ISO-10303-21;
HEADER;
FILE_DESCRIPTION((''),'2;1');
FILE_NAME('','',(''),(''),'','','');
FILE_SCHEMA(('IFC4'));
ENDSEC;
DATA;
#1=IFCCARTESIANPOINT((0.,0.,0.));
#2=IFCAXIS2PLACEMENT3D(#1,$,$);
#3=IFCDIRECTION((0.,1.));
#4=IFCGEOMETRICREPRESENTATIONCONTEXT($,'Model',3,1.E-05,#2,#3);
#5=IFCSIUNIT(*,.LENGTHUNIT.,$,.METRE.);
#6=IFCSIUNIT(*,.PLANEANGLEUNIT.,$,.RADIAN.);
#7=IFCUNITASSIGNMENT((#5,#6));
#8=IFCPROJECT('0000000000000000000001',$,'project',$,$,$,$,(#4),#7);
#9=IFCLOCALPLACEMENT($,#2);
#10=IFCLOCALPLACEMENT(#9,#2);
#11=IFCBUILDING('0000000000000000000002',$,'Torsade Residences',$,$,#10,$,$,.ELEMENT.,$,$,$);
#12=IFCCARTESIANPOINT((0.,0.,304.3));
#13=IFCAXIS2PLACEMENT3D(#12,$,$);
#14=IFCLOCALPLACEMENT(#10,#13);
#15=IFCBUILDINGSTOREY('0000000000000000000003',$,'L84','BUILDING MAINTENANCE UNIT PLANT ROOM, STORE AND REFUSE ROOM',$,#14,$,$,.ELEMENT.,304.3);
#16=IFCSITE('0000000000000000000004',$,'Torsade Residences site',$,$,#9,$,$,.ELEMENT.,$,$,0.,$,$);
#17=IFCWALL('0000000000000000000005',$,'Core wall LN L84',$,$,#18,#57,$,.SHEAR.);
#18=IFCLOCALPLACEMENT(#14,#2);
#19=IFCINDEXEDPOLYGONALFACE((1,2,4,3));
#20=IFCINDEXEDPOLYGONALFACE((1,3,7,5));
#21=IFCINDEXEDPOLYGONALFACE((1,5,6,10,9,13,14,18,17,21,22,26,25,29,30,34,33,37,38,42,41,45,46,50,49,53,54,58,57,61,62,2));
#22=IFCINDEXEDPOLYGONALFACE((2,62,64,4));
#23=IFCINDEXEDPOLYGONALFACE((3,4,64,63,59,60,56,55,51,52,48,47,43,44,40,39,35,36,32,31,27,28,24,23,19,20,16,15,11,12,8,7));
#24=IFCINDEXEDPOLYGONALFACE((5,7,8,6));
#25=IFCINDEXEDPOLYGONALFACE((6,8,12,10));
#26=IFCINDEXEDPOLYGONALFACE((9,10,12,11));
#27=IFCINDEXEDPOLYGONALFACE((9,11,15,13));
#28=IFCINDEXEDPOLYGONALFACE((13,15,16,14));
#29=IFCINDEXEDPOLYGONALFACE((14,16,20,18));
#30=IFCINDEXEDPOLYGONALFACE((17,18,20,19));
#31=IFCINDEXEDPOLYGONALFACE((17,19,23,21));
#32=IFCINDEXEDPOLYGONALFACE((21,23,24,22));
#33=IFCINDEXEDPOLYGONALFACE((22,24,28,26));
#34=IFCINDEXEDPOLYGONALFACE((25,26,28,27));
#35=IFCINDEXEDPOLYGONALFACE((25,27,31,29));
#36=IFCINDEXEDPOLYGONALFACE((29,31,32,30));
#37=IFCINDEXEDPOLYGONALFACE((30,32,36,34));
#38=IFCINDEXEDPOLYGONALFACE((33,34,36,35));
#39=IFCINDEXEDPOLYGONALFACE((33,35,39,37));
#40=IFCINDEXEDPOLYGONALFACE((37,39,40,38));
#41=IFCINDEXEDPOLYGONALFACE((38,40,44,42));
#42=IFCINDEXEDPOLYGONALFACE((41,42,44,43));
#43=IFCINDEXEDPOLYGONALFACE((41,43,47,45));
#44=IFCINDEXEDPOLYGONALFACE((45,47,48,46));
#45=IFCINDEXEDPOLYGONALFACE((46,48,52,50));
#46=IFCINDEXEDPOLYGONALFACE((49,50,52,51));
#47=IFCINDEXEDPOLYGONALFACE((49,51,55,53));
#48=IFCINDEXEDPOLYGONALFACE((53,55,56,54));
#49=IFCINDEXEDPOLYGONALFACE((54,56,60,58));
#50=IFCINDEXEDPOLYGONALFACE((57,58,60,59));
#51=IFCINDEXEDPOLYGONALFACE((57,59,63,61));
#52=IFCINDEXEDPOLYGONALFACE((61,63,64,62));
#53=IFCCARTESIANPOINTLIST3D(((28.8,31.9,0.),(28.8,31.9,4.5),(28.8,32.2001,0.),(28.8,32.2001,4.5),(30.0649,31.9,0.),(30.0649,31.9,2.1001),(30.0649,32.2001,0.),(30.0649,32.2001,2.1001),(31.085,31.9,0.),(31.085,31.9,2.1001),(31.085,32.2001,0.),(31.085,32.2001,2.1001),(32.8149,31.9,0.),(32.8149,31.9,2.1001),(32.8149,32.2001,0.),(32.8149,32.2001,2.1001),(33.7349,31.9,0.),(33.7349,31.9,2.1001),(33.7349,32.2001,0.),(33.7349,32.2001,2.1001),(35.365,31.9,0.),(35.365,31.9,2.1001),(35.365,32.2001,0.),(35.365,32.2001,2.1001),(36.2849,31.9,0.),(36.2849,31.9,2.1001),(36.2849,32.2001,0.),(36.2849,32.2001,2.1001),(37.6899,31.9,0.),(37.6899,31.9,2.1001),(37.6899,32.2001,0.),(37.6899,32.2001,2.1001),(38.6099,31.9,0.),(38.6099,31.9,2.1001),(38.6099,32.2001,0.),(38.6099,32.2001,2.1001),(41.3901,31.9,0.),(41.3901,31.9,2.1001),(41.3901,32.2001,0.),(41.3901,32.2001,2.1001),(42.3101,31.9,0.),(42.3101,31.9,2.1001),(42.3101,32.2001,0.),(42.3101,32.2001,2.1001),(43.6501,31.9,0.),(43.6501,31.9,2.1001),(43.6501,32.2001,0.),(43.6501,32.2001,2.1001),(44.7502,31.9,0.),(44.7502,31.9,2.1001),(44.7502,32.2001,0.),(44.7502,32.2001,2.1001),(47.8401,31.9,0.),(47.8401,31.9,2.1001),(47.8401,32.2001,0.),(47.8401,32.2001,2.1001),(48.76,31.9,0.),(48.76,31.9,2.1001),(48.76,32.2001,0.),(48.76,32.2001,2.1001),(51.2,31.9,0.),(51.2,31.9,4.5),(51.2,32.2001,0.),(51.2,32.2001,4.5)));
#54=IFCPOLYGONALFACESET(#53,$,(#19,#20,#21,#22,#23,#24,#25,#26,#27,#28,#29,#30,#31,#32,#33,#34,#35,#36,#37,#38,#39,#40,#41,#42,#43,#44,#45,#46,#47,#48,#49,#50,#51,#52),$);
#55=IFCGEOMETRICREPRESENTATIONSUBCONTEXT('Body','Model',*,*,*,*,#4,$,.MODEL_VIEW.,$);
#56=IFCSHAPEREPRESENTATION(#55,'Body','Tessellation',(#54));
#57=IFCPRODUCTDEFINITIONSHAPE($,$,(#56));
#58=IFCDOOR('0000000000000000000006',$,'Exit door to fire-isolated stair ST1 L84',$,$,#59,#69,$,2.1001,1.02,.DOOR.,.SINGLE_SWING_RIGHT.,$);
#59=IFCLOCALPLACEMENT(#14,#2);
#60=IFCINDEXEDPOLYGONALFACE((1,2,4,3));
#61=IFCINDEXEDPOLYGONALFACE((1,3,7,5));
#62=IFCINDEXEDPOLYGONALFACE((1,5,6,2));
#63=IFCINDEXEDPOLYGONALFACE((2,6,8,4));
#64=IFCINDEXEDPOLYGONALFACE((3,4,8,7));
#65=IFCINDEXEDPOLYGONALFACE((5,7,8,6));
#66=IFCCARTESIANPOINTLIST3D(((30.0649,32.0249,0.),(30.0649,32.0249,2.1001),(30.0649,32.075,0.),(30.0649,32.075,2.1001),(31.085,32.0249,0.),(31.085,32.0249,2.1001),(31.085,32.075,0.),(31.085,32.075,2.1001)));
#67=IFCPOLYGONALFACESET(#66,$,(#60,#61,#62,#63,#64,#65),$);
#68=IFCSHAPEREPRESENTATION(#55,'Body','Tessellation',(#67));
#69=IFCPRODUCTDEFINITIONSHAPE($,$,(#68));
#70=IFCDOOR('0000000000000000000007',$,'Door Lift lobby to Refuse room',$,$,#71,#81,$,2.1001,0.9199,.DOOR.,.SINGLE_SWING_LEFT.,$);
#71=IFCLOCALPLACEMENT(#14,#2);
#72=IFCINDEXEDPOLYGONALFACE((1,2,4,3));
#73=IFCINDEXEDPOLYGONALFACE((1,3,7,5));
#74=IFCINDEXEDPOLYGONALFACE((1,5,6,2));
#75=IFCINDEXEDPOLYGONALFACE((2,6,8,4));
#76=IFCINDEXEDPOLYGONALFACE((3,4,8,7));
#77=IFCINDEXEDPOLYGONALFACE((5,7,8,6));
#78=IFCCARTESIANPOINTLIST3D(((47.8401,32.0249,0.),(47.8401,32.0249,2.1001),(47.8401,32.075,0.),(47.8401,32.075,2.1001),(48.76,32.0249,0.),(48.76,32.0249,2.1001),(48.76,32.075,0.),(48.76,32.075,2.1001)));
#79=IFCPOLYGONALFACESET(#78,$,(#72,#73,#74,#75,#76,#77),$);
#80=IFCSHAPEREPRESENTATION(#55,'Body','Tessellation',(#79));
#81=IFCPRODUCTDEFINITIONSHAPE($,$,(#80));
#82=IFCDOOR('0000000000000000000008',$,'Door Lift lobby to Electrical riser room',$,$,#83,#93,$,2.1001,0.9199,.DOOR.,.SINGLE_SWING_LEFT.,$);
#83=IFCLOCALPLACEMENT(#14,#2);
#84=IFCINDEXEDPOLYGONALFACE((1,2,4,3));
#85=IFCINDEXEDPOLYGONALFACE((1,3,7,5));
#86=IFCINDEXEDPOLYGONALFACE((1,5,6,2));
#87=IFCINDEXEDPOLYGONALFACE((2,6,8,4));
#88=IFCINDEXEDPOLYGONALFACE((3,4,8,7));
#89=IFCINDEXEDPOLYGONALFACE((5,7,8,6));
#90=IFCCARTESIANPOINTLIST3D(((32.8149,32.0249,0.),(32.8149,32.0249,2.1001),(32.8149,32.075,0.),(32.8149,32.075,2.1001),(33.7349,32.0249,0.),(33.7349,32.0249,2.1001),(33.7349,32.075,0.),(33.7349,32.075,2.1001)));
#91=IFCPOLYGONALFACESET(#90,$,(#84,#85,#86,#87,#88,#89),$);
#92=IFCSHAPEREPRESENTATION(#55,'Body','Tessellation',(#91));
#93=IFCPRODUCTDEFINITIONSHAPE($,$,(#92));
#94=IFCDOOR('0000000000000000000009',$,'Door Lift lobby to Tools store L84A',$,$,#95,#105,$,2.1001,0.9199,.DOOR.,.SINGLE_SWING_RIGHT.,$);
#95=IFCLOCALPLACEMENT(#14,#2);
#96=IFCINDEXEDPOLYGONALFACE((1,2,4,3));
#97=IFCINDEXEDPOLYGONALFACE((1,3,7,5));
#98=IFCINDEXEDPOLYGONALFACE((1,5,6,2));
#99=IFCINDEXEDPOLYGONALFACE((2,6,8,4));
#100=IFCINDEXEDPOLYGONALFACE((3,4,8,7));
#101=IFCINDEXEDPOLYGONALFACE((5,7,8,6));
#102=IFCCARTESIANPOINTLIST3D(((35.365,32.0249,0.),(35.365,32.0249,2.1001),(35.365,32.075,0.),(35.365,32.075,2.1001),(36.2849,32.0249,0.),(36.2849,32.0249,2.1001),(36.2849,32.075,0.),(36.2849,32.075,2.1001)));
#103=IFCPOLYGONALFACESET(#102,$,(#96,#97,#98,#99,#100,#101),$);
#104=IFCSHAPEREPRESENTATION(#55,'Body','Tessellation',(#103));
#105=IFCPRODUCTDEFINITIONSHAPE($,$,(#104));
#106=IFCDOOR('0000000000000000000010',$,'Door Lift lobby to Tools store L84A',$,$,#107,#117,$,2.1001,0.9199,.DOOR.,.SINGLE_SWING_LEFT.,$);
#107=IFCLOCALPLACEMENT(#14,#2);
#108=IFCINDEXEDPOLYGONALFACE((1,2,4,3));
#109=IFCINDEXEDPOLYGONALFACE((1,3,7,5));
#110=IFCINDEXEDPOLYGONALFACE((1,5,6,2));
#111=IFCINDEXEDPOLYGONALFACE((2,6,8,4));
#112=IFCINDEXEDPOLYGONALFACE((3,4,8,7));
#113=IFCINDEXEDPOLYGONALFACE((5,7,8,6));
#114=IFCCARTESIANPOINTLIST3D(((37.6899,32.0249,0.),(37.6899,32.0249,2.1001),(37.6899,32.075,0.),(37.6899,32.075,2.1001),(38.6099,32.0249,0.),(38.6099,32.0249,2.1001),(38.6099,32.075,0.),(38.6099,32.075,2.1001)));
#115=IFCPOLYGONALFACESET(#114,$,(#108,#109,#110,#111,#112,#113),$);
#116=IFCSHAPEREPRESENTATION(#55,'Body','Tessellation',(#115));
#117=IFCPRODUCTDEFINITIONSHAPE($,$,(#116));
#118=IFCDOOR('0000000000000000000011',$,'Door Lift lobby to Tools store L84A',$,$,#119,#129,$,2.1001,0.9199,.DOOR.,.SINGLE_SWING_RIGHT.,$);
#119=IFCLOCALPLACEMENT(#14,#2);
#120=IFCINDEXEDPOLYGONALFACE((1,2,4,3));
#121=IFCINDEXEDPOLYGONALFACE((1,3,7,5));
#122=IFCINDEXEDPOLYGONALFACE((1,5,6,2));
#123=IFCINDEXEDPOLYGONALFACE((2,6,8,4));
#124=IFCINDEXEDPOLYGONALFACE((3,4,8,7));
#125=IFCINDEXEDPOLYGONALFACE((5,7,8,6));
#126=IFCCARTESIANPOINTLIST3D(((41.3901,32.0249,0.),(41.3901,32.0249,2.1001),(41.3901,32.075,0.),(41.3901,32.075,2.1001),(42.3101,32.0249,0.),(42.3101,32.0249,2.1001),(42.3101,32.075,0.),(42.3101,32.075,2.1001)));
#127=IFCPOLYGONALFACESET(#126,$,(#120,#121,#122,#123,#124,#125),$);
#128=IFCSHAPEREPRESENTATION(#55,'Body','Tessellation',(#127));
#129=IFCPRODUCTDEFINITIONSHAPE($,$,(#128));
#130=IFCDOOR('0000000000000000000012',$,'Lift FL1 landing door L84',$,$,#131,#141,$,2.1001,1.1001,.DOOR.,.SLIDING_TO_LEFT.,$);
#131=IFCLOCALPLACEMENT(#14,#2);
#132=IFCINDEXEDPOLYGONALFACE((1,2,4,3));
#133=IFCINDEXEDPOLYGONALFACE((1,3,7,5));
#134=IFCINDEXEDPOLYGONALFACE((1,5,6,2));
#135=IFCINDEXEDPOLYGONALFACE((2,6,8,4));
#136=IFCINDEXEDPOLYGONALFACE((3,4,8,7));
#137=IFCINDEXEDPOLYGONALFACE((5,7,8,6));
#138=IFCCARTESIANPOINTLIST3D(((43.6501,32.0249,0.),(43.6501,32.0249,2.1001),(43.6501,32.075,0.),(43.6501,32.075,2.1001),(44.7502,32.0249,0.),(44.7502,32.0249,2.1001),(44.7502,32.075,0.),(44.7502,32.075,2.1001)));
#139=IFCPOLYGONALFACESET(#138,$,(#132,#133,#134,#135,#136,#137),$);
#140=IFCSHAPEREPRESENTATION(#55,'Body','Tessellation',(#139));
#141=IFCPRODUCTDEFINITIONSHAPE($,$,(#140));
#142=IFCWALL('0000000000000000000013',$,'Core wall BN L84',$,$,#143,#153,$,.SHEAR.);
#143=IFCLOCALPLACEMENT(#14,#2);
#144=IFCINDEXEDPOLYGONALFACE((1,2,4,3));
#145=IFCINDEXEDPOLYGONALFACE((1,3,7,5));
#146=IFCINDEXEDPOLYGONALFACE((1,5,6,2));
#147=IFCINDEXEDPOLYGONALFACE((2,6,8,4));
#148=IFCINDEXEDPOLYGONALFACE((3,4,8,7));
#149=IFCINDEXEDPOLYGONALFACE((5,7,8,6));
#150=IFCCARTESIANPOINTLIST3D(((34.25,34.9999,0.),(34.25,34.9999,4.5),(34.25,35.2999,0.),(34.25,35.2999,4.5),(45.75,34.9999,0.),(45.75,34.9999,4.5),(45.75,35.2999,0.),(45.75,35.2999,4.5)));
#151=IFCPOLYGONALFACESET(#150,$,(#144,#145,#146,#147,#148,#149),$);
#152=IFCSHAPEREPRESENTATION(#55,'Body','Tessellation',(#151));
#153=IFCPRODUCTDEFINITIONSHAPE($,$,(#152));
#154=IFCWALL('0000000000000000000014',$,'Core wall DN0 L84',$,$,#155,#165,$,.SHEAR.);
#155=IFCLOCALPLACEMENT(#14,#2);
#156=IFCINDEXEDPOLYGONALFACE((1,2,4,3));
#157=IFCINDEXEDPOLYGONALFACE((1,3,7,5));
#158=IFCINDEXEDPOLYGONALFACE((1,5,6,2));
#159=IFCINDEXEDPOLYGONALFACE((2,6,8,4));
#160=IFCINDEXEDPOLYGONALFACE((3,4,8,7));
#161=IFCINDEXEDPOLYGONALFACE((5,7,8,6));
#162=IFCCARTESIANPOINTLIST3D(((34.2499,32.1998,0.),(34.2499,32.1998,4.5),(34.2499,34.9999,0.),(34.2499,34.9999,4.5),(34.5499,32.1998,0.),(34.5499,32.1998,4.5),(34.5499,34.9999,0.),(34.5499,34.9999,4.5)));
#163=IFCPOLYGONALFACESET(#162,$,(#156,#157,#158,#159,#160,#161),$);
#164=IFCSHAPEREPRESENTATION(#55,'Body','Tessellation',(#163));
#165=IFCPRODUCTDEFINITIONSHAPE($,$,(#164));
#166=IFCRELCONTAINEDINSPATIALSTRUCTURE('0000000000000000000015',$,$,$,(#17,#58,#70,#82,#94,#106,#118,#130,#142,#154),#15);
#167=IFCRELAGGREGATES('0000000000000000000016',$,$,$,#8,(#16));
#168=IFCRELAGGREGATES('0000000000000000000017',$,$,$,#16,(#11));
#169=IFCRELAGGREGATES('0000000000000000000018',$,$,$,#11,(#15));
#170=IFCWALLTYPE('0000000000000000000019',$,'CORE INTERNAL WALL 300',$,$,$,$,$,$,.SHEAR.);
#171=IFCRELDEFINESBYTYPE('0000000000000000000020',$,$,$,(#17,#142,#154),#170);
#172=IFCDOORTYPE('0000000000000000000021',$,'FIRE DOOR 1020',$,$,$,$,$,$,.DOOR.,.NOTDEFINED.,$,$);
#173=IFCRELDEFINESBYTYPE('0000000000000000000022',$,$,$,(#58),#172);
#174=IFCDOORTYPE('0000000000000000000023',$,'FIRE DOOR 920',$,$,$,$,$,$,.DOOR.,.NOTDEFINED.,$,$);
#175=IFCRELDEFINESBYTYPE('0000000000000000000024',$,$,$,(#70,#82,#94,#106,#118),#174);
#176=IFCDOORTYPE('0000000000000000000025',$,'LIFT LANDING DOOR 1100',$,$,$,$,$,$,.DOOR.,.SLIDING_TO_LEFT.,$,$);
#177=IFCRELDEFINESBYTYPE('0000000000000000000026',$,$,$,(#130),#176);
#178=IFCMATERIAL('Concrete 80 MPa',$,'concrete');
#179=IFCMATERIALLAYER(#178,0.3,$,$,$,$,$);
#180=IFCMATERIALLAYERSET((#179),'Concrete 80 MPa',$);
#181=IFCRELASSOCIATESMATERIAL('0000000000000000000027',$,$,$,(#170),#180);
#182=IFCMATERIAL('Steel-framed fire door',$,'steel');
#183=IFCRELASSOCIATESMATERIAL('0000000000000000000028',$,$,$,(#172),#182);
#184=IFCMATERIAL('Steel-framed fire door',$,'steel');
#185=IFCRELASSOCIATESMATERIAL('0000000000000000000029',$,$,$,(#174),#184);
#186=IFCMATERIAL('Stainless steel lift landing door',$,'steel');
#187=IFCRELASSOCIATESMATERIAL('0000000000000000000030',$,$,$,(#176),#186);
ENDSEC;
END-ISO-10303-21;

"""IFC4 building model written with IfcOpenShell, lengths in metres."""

from ifc_helpers import new_model, si_unit, direction, frame, frame_2d, origin, place, context, subcontext, project, spatial, rectangle, extrude, material, layer, layer_set, type_object, element, fill, save


model = new_model("IFC4")

# Units and contexts
model_context = context("Model", 3, precision=1e-05, world=origin(), true_north=direction((0.0, 1.0)))
body_context = subcontext(model_context, "Body", "Model", "MODEL_VIEW")
ifc_project = project(units=[si_unit("LENGTHUNIT", "METRE"), si_unit("PLANEANGLEUNIT", "RADIAN")], contexts=[model_context])

# Site, building, storey
site_placement = place(None, origin())
site = spatial("IfcSite", under=ifc_project, at=site_placement, Name="Torsade Residences site", CompositionType="ELEMENT", RefElevation=0.0)
building_placement = place(site_placement, origin())
building = spatial("IfcBuilding", under=site, at=building_placement, Name="Torsade Residences", CompositionType="ELEMENT")
storey_placement = place(building_placement, frame((0.0, 0.0, 304.3)))
storey = spatial("IfcBuildingStorey", under=building, at=storey_placement, Name="L84", Description="BUILDING MAINTENANCE UNIT PLANT ROOM, STORE AND REFUSE ROOM", CompositionType="ELEMENT", Elevation=304.3)

# Wall, openings, doors
ifc_material_1 = material(Name="Concrete 80 MPa", Category="concrete")
ifc_layer_1 = layer(ifc_material_1, 0.3)
ifc_layer_set_1 = layer_set([ifc_layer_1], Name="Concrete 80 MPa")
wall_type_1 = type_object("IfcWallType", Name="CORE INTERNAL WALL 300", PredefinedType="SHEAR", material=ifc_layer_set_1)
wall_1_placement = place(storey_placement, frame((28.8, 32.05, 0.0), z_axis=(0.0, 0.0, 1.0), x_axis=(1.0, 0.0, 0.0)))
wall_1 = element("IfcWall", 1, at=wall_1_placement, inside=storey, type_object=wall_type_1, Name="Core wall LN L84", PredefinedType="SHEAR", context=body_context, shape_type="SweptSolid", body=[
    extrude(rectangle(XDim=22.3999, YDim=0.3, at=frame_2d((11.2, 0.0))), origin(), (0.0, 0.0, 1.0), 4.5),
])
opening_1_placement = place(wall_1_placement, frame((19.04, 0.0, 0.0)))
opening_1 = element("IfcOpeningElement", 2, at=opening_1_placement, cuts=wall_1, PredefinedType="OPENING", context=body_context, shape_type="SweptSolid", body=[
    extrude(rectangle(XDim=0.9199, YDim=2.1001, at=frame_2d((0.46, 1.05))), frame((0.0, 0.1599, 0.0), z_axis=(0.0, -1.0, 0.0), x_axis=(1.0, 0.0, 0.0)), (0.0, 0.0, 1.0), 0.3201),
])
opening_2_placement = place(wall_1_placement, frame((1.2649, 0.0, 0.0)))
opening_2 = element("IfcOpeningElement", 3, at=opening_2_placement, cuts=wall_1, PredefinedType="OPENING", context=body_context, shape_type="SweptSolid", body=[
    extrude(rectangle(XDim=1.02, YDim=2.1001, at=frame_2d((0.51, 1.05))), frame((0.0, 0.1599, 0.0), z_axis=(0.0, -1.0, 0.0), x_axis=(1.0, 0.0, 0.0)), (0.0, 0.0, 1.0), 0.3201),
])
opening_3_placement = place(wall_1_placement, frame((4.0149, 0.0, 0.0)))
opening_3 = element("IfcOpeningElement", 4, at=opening_3_placement, cuts=wall_1, PredefinedType="OPENING", context=body_context, shape_type="SweptSolid", body=[
    extrude(rectangle(XDim=0.9199, YDim=2.1001, at=frame_2d((0.46, 1.05))), frame((0.0, 0.1599, 0.0), z_axis=(0.0, -1.0, 0.0), x_axis=(1.0, 0.0, 0.0)), (0.0, 0.0, 1.0), 0.3201),
])
opening_4_placement = place(wall_1_placement, frame((6.5649, 0.0, 0.0)))
opening_4 = element("IfcOpeningElement", 5, at=opening_4_placement, cuts=wall_1, PredefinedType="OPENING", context=body_context, shape_type="SweptSolid", body=[
    extrude(rectangle(XDim=0.9199, YDim=2.1001, at=frame_2d((0.46, 1.05))), frame((0.0, 0.1599, 0.0), z_axis=(0.0, -1.0, 0.0), x_axis=(1.0, 0.0, 0.0)), (0.0, 0.0, 1.0), 0.3201),
])
opening_5_placement = place(wall_1_placement, frame((8.8899, 0.0, 0.0)))
opening_5 = element("IfcOpeningElement", 6, at=opening_5_placement, cuts=wall_1, PredefinedType="OPENING", context=body_context, shape_type="SweptSolid", body=[
    extrude(rectangle(XDim=0.9199, YDim=2.1001, at=frame_2d((0.46, 1.05))), frame((0.0, 0.1599, 0.0), z_axis=(0.0, -1.0, 0.0), x_axis=(1.0, 0.0, 0.0)), (0.0, 0.0, 1.0), 0.3201),
])
opening_6_placement = place(wall_1_placement, frame((12.5901, 0.0, 0.0)))
opening_6 = element("IfcOpeningElement", 7, at=opening_6_placement, cuts=wall_1, PredefinedType="OPENING", context=body_context, shape_type="SweptSolid", body=[
    extrude(rectangle(XDim=0.9199, YDim=2.1001, at=frame_2d((0.46, 1.05))), frame((0.0, 0.1599, 0.0), z_axis=(0.0, -1.0, 0.0), x_axis=(1.0, 0.0, 0.0)), (0.0, 0.0, 1.0), 0.3201),
])
opening_7_placement = place(wall_1_placement, frame((14.8501, 0.0, 0.0)))
opening_7 = element("IfcOpeningElement", 8, at=opening_7_placement, cuts=wall_1, PredefinedType="OPENING", context=body_context, shape_type="SweptSolid", body=[
    extrude(rectangle(XDim=1.1001, YDim=2.1001, at=frame_2d((0.55, 1.05))), frame((0.0, 0.1599, 0.0), z_axis=(0.0, -1.0, 0.0), x_axis=(1.0, 0.0, 0.0)), (0.0, 0.0, 1.0), 0.3201),
])
ifc_material_2 = material(Name="Steel-framed fire door", Category="steel")
door_type_1 = type_object("IfcDoorType", Name="FIRE DOOR 1020", OperationType="NOTDEFINED", PredefinedType="DOOR", material=ifc_material_2)
door_1_placement = place(opening_2_placement, origin())
door_1 = element("IfcDoor", 9, at=door_1_placement, inside=storey, type_object=door_type_1, Name="Exit door to fire-isolated stair ST1 L84", OperationType="SINGLE_SWING_RIGHT", OverallHeight=2.1001, OverallWidth=1.02, PredefinedType="DOOR", context=body_context, shape_type="SweptSolid", body=[
    extrude(rectangle(XDim=1.02, YDim=2.1001, at=frame_2d((0.51, 1.05))), frame((0.0, 0.0249, 0.0), z_axis=(0.0, -1.0, 0.0), x_axis=(1.0, 0.0, 0.0)), (0.0, 0.0, 1.0), 0.05),
])
fill(opening_2, door_1)
ifc_material_3 = material(Name="Steel-framed fire door", Category="steel")
door_type_2 = type_object("IfcDoorType", Name="FIRE DOOR 920", OperationType="NOTDEFINED", PredefinedType="DOOR", material=ifc_material_3)
door_2_placement = place(opening_1_placement, origin())
door_2 = element("IfcDoor", 10, at=door_2_placement, inside=storey, type_object=door_type_2, Name="Door Lift lobby to Refuse room", OperationType="SINGLE_SWING_LEFT", OverallHeight=2.1001, OverallWidth=0.9199, PredefinedType="DOOR", context=body_context, shape_type="SweptSolid", body=[
    extrude(rectangle(XDim=0.9199, YDim=2.1001, at=frame_2d((0.46, 1.05))), frame((0.0, 0.0249, 0.0), z_axis=(0.0, -1.0, 0.0), x_axis=(1.0, 0.0, 0.0)), (0.0, 0.0, 1.0), 0.05),
])
fill(opening_1, door_2)
door_3_placement = place(opening_3_placement, origin())
door_3 = element("IfcDoor", 11, at=door_3_placement, inside=storey, type_object=door_type_2, Name="Door Lift lobby to Electrical riser room", OperationType="SINGLE_SWING_LEFT", OverallHeight=2.1001, OverallWidth=0.9199, PredefinedType="DOOR", context=body_context, shape_type="SweptSolid", body=[
    extrude(rectangle(XDim=0.9199, YDim=2.1001, at=frame_2d((0.46, 1.05))), frame((0.0, 0.0249, 0.0), z_axis=(0.0, -1.0, 0.0), x_axis=(1.0, 0.0, 0.0)), (0.0, 0.0, 1.0), 0.05),
])
fill(opening_3, door_3)
door_4_placement = place(opening_4_placement, origin())
door_4 = element("IfcDoor", 12, at=door_4_placement, inside=storey, type_object=door_type_2, Name="Door Lift lobby to Tools store L84A", OperationType="SINGLE_SWING_RIGHT", OverallHeight=2.1001, OverallWidth=0.9199, PredefinedType="DOOR", context=body_context, shape_type="SweptSolid", body=[
    extrude(rectangle(XDim=0.9199, YDim=2.1001, at=frame_2d((0.46, 1.05))), frame((0.0, 0.0249, 0.0), z_axis=(0.0, -1.0, 0.0), x_axis=(1.0, 0.0, 0.0)), (0.0, 0.0, 1.0), 0.05),
])
fill(opening_4, door_4)
door_5_placement = place(opening_5_placement, origin())
door_5 = element("IfcDoor", 13, at=door_5_placement, inside=storey, type_object=door_type_2, Name="Door Lift lobby to Tools store L84A", OperationType="SINGLE_SWING_LEFT", OverallHeight=2.1001, OverallWidth=0.9199, PredefinedType="DOOR", context=body_context, shape_type="SweptSolid", body=[
    extrude(rectangle(XDim=0.9199, YDim=2.1001, at=frame_2d((0.46, 1.05))), frame((0.0, 0.0249, 0.0), z_axis=(0.0, -1.0, 0.0), x_axis=(1.0, 0.0, 0.0)), (0.0, 0.0, 1.0), 0.05),
])
fill(opening_5, door_5)
door_6_placement = place(opening_6_placement, origin())
door_6 = element("IfcDoor", 14, at=door_6_placement, inside=storey, type_object=door_type_2, Name="Door Lift lobby to Tools store L84A", OperationType="SINGLE_SWING_RIGHT", OverallHeight=2.1001, OverallWidth=0.9199, PredefinedType="DOOR", context=body_context, shape_type="SweptSolid", body=[
    extrude(rectangle(XDim=0.9199, YDim=2.1001, at=frame_2d((0.46, 1.05))), frame((0.0, 0.0249, 0.0), z_axis=(0.0, -1.0, 0.0), x_axis=(1.0, 0.0, 0.0)), (0.0, 0.0, 1.0), 0.05),
])
fill(opening_6, door_6)
ifc_material_4 = material(Name="Stainless steel lift landing door", Category="steel")
door_type_3 = type_object("IfcDoorType", Name="LIFT LANDING DOOR 1100", OperationType="SLIDING_TO_LEFT", PredefinedType="DOOR", material=ifc_material_4)
door_7_placement = place(opening_7_placement, origin())
door_7 = element("IfcDoor", 15, at=door_7_placement, inside=storey, type_object=door_type_3, Name="Lift FL1 landing door L84", OperationType="SLIDING_TO_LEFT", OverallHeight=2.1001, OverallWidth=1.1001, PredefinedType="DOOR", context=body_context, shape_type="SweptSolid", body=[
    extrude(rectangle(XDim=1.1001, YDim=2.1001, at=frame_2d((0.55, 1.05))), frame((0.0, 0.0249, 0.0), z_axis=(0.0, -1.0, 0.0), x_axis=(1.0, 0.0, 0.0)), (0.0, 0.0, 1.0), 0.05),
])
fill(opening_7, door_7)

# Walls
wall_2_placement = place(storey_placement, frame((34.25, 35.1499, 0.0), z_axis=(0.0, 0.0, 1.0), x_axis=(1.0, 0.0, 0.0)))
element("IfcWall", 16, at=wall_2_placement, inside=storey, type_object=wall_type_1, Name="Core wall BN L84", PredefinedType="SHEAR", context=body_context, shape_type="SweptSolid", body=[
    extrude(rectangle(XDim=11.5, YDim=0.3, at=frame_2d((5.75, 0.0))), origin(), (0.0, 0.0, 1.0), 4.5),
])
wall_3_placement = place(storey_placement, frame((34.3999, 32.2, 0.0), z_axis=(0.0, 0.0, 1.0), x_axis=(0.0, 1.0, 0.0)))
element("IfcWall", 17, at=wall_3_placement, inside=storey, type_object=wall_type_1, Name="Core wall DN0 L84", PredefinedType="SHEAR", context=body_context, shape_type="SweptSolid", body=[
    extrude(rectangle(XDim=2.8, YDim=0.3, at=frame_2d((1.3999, 0.0))), origin(), (0.0, 0.0, 1.0), 4.5),
])

save(model, "model.ifc")
